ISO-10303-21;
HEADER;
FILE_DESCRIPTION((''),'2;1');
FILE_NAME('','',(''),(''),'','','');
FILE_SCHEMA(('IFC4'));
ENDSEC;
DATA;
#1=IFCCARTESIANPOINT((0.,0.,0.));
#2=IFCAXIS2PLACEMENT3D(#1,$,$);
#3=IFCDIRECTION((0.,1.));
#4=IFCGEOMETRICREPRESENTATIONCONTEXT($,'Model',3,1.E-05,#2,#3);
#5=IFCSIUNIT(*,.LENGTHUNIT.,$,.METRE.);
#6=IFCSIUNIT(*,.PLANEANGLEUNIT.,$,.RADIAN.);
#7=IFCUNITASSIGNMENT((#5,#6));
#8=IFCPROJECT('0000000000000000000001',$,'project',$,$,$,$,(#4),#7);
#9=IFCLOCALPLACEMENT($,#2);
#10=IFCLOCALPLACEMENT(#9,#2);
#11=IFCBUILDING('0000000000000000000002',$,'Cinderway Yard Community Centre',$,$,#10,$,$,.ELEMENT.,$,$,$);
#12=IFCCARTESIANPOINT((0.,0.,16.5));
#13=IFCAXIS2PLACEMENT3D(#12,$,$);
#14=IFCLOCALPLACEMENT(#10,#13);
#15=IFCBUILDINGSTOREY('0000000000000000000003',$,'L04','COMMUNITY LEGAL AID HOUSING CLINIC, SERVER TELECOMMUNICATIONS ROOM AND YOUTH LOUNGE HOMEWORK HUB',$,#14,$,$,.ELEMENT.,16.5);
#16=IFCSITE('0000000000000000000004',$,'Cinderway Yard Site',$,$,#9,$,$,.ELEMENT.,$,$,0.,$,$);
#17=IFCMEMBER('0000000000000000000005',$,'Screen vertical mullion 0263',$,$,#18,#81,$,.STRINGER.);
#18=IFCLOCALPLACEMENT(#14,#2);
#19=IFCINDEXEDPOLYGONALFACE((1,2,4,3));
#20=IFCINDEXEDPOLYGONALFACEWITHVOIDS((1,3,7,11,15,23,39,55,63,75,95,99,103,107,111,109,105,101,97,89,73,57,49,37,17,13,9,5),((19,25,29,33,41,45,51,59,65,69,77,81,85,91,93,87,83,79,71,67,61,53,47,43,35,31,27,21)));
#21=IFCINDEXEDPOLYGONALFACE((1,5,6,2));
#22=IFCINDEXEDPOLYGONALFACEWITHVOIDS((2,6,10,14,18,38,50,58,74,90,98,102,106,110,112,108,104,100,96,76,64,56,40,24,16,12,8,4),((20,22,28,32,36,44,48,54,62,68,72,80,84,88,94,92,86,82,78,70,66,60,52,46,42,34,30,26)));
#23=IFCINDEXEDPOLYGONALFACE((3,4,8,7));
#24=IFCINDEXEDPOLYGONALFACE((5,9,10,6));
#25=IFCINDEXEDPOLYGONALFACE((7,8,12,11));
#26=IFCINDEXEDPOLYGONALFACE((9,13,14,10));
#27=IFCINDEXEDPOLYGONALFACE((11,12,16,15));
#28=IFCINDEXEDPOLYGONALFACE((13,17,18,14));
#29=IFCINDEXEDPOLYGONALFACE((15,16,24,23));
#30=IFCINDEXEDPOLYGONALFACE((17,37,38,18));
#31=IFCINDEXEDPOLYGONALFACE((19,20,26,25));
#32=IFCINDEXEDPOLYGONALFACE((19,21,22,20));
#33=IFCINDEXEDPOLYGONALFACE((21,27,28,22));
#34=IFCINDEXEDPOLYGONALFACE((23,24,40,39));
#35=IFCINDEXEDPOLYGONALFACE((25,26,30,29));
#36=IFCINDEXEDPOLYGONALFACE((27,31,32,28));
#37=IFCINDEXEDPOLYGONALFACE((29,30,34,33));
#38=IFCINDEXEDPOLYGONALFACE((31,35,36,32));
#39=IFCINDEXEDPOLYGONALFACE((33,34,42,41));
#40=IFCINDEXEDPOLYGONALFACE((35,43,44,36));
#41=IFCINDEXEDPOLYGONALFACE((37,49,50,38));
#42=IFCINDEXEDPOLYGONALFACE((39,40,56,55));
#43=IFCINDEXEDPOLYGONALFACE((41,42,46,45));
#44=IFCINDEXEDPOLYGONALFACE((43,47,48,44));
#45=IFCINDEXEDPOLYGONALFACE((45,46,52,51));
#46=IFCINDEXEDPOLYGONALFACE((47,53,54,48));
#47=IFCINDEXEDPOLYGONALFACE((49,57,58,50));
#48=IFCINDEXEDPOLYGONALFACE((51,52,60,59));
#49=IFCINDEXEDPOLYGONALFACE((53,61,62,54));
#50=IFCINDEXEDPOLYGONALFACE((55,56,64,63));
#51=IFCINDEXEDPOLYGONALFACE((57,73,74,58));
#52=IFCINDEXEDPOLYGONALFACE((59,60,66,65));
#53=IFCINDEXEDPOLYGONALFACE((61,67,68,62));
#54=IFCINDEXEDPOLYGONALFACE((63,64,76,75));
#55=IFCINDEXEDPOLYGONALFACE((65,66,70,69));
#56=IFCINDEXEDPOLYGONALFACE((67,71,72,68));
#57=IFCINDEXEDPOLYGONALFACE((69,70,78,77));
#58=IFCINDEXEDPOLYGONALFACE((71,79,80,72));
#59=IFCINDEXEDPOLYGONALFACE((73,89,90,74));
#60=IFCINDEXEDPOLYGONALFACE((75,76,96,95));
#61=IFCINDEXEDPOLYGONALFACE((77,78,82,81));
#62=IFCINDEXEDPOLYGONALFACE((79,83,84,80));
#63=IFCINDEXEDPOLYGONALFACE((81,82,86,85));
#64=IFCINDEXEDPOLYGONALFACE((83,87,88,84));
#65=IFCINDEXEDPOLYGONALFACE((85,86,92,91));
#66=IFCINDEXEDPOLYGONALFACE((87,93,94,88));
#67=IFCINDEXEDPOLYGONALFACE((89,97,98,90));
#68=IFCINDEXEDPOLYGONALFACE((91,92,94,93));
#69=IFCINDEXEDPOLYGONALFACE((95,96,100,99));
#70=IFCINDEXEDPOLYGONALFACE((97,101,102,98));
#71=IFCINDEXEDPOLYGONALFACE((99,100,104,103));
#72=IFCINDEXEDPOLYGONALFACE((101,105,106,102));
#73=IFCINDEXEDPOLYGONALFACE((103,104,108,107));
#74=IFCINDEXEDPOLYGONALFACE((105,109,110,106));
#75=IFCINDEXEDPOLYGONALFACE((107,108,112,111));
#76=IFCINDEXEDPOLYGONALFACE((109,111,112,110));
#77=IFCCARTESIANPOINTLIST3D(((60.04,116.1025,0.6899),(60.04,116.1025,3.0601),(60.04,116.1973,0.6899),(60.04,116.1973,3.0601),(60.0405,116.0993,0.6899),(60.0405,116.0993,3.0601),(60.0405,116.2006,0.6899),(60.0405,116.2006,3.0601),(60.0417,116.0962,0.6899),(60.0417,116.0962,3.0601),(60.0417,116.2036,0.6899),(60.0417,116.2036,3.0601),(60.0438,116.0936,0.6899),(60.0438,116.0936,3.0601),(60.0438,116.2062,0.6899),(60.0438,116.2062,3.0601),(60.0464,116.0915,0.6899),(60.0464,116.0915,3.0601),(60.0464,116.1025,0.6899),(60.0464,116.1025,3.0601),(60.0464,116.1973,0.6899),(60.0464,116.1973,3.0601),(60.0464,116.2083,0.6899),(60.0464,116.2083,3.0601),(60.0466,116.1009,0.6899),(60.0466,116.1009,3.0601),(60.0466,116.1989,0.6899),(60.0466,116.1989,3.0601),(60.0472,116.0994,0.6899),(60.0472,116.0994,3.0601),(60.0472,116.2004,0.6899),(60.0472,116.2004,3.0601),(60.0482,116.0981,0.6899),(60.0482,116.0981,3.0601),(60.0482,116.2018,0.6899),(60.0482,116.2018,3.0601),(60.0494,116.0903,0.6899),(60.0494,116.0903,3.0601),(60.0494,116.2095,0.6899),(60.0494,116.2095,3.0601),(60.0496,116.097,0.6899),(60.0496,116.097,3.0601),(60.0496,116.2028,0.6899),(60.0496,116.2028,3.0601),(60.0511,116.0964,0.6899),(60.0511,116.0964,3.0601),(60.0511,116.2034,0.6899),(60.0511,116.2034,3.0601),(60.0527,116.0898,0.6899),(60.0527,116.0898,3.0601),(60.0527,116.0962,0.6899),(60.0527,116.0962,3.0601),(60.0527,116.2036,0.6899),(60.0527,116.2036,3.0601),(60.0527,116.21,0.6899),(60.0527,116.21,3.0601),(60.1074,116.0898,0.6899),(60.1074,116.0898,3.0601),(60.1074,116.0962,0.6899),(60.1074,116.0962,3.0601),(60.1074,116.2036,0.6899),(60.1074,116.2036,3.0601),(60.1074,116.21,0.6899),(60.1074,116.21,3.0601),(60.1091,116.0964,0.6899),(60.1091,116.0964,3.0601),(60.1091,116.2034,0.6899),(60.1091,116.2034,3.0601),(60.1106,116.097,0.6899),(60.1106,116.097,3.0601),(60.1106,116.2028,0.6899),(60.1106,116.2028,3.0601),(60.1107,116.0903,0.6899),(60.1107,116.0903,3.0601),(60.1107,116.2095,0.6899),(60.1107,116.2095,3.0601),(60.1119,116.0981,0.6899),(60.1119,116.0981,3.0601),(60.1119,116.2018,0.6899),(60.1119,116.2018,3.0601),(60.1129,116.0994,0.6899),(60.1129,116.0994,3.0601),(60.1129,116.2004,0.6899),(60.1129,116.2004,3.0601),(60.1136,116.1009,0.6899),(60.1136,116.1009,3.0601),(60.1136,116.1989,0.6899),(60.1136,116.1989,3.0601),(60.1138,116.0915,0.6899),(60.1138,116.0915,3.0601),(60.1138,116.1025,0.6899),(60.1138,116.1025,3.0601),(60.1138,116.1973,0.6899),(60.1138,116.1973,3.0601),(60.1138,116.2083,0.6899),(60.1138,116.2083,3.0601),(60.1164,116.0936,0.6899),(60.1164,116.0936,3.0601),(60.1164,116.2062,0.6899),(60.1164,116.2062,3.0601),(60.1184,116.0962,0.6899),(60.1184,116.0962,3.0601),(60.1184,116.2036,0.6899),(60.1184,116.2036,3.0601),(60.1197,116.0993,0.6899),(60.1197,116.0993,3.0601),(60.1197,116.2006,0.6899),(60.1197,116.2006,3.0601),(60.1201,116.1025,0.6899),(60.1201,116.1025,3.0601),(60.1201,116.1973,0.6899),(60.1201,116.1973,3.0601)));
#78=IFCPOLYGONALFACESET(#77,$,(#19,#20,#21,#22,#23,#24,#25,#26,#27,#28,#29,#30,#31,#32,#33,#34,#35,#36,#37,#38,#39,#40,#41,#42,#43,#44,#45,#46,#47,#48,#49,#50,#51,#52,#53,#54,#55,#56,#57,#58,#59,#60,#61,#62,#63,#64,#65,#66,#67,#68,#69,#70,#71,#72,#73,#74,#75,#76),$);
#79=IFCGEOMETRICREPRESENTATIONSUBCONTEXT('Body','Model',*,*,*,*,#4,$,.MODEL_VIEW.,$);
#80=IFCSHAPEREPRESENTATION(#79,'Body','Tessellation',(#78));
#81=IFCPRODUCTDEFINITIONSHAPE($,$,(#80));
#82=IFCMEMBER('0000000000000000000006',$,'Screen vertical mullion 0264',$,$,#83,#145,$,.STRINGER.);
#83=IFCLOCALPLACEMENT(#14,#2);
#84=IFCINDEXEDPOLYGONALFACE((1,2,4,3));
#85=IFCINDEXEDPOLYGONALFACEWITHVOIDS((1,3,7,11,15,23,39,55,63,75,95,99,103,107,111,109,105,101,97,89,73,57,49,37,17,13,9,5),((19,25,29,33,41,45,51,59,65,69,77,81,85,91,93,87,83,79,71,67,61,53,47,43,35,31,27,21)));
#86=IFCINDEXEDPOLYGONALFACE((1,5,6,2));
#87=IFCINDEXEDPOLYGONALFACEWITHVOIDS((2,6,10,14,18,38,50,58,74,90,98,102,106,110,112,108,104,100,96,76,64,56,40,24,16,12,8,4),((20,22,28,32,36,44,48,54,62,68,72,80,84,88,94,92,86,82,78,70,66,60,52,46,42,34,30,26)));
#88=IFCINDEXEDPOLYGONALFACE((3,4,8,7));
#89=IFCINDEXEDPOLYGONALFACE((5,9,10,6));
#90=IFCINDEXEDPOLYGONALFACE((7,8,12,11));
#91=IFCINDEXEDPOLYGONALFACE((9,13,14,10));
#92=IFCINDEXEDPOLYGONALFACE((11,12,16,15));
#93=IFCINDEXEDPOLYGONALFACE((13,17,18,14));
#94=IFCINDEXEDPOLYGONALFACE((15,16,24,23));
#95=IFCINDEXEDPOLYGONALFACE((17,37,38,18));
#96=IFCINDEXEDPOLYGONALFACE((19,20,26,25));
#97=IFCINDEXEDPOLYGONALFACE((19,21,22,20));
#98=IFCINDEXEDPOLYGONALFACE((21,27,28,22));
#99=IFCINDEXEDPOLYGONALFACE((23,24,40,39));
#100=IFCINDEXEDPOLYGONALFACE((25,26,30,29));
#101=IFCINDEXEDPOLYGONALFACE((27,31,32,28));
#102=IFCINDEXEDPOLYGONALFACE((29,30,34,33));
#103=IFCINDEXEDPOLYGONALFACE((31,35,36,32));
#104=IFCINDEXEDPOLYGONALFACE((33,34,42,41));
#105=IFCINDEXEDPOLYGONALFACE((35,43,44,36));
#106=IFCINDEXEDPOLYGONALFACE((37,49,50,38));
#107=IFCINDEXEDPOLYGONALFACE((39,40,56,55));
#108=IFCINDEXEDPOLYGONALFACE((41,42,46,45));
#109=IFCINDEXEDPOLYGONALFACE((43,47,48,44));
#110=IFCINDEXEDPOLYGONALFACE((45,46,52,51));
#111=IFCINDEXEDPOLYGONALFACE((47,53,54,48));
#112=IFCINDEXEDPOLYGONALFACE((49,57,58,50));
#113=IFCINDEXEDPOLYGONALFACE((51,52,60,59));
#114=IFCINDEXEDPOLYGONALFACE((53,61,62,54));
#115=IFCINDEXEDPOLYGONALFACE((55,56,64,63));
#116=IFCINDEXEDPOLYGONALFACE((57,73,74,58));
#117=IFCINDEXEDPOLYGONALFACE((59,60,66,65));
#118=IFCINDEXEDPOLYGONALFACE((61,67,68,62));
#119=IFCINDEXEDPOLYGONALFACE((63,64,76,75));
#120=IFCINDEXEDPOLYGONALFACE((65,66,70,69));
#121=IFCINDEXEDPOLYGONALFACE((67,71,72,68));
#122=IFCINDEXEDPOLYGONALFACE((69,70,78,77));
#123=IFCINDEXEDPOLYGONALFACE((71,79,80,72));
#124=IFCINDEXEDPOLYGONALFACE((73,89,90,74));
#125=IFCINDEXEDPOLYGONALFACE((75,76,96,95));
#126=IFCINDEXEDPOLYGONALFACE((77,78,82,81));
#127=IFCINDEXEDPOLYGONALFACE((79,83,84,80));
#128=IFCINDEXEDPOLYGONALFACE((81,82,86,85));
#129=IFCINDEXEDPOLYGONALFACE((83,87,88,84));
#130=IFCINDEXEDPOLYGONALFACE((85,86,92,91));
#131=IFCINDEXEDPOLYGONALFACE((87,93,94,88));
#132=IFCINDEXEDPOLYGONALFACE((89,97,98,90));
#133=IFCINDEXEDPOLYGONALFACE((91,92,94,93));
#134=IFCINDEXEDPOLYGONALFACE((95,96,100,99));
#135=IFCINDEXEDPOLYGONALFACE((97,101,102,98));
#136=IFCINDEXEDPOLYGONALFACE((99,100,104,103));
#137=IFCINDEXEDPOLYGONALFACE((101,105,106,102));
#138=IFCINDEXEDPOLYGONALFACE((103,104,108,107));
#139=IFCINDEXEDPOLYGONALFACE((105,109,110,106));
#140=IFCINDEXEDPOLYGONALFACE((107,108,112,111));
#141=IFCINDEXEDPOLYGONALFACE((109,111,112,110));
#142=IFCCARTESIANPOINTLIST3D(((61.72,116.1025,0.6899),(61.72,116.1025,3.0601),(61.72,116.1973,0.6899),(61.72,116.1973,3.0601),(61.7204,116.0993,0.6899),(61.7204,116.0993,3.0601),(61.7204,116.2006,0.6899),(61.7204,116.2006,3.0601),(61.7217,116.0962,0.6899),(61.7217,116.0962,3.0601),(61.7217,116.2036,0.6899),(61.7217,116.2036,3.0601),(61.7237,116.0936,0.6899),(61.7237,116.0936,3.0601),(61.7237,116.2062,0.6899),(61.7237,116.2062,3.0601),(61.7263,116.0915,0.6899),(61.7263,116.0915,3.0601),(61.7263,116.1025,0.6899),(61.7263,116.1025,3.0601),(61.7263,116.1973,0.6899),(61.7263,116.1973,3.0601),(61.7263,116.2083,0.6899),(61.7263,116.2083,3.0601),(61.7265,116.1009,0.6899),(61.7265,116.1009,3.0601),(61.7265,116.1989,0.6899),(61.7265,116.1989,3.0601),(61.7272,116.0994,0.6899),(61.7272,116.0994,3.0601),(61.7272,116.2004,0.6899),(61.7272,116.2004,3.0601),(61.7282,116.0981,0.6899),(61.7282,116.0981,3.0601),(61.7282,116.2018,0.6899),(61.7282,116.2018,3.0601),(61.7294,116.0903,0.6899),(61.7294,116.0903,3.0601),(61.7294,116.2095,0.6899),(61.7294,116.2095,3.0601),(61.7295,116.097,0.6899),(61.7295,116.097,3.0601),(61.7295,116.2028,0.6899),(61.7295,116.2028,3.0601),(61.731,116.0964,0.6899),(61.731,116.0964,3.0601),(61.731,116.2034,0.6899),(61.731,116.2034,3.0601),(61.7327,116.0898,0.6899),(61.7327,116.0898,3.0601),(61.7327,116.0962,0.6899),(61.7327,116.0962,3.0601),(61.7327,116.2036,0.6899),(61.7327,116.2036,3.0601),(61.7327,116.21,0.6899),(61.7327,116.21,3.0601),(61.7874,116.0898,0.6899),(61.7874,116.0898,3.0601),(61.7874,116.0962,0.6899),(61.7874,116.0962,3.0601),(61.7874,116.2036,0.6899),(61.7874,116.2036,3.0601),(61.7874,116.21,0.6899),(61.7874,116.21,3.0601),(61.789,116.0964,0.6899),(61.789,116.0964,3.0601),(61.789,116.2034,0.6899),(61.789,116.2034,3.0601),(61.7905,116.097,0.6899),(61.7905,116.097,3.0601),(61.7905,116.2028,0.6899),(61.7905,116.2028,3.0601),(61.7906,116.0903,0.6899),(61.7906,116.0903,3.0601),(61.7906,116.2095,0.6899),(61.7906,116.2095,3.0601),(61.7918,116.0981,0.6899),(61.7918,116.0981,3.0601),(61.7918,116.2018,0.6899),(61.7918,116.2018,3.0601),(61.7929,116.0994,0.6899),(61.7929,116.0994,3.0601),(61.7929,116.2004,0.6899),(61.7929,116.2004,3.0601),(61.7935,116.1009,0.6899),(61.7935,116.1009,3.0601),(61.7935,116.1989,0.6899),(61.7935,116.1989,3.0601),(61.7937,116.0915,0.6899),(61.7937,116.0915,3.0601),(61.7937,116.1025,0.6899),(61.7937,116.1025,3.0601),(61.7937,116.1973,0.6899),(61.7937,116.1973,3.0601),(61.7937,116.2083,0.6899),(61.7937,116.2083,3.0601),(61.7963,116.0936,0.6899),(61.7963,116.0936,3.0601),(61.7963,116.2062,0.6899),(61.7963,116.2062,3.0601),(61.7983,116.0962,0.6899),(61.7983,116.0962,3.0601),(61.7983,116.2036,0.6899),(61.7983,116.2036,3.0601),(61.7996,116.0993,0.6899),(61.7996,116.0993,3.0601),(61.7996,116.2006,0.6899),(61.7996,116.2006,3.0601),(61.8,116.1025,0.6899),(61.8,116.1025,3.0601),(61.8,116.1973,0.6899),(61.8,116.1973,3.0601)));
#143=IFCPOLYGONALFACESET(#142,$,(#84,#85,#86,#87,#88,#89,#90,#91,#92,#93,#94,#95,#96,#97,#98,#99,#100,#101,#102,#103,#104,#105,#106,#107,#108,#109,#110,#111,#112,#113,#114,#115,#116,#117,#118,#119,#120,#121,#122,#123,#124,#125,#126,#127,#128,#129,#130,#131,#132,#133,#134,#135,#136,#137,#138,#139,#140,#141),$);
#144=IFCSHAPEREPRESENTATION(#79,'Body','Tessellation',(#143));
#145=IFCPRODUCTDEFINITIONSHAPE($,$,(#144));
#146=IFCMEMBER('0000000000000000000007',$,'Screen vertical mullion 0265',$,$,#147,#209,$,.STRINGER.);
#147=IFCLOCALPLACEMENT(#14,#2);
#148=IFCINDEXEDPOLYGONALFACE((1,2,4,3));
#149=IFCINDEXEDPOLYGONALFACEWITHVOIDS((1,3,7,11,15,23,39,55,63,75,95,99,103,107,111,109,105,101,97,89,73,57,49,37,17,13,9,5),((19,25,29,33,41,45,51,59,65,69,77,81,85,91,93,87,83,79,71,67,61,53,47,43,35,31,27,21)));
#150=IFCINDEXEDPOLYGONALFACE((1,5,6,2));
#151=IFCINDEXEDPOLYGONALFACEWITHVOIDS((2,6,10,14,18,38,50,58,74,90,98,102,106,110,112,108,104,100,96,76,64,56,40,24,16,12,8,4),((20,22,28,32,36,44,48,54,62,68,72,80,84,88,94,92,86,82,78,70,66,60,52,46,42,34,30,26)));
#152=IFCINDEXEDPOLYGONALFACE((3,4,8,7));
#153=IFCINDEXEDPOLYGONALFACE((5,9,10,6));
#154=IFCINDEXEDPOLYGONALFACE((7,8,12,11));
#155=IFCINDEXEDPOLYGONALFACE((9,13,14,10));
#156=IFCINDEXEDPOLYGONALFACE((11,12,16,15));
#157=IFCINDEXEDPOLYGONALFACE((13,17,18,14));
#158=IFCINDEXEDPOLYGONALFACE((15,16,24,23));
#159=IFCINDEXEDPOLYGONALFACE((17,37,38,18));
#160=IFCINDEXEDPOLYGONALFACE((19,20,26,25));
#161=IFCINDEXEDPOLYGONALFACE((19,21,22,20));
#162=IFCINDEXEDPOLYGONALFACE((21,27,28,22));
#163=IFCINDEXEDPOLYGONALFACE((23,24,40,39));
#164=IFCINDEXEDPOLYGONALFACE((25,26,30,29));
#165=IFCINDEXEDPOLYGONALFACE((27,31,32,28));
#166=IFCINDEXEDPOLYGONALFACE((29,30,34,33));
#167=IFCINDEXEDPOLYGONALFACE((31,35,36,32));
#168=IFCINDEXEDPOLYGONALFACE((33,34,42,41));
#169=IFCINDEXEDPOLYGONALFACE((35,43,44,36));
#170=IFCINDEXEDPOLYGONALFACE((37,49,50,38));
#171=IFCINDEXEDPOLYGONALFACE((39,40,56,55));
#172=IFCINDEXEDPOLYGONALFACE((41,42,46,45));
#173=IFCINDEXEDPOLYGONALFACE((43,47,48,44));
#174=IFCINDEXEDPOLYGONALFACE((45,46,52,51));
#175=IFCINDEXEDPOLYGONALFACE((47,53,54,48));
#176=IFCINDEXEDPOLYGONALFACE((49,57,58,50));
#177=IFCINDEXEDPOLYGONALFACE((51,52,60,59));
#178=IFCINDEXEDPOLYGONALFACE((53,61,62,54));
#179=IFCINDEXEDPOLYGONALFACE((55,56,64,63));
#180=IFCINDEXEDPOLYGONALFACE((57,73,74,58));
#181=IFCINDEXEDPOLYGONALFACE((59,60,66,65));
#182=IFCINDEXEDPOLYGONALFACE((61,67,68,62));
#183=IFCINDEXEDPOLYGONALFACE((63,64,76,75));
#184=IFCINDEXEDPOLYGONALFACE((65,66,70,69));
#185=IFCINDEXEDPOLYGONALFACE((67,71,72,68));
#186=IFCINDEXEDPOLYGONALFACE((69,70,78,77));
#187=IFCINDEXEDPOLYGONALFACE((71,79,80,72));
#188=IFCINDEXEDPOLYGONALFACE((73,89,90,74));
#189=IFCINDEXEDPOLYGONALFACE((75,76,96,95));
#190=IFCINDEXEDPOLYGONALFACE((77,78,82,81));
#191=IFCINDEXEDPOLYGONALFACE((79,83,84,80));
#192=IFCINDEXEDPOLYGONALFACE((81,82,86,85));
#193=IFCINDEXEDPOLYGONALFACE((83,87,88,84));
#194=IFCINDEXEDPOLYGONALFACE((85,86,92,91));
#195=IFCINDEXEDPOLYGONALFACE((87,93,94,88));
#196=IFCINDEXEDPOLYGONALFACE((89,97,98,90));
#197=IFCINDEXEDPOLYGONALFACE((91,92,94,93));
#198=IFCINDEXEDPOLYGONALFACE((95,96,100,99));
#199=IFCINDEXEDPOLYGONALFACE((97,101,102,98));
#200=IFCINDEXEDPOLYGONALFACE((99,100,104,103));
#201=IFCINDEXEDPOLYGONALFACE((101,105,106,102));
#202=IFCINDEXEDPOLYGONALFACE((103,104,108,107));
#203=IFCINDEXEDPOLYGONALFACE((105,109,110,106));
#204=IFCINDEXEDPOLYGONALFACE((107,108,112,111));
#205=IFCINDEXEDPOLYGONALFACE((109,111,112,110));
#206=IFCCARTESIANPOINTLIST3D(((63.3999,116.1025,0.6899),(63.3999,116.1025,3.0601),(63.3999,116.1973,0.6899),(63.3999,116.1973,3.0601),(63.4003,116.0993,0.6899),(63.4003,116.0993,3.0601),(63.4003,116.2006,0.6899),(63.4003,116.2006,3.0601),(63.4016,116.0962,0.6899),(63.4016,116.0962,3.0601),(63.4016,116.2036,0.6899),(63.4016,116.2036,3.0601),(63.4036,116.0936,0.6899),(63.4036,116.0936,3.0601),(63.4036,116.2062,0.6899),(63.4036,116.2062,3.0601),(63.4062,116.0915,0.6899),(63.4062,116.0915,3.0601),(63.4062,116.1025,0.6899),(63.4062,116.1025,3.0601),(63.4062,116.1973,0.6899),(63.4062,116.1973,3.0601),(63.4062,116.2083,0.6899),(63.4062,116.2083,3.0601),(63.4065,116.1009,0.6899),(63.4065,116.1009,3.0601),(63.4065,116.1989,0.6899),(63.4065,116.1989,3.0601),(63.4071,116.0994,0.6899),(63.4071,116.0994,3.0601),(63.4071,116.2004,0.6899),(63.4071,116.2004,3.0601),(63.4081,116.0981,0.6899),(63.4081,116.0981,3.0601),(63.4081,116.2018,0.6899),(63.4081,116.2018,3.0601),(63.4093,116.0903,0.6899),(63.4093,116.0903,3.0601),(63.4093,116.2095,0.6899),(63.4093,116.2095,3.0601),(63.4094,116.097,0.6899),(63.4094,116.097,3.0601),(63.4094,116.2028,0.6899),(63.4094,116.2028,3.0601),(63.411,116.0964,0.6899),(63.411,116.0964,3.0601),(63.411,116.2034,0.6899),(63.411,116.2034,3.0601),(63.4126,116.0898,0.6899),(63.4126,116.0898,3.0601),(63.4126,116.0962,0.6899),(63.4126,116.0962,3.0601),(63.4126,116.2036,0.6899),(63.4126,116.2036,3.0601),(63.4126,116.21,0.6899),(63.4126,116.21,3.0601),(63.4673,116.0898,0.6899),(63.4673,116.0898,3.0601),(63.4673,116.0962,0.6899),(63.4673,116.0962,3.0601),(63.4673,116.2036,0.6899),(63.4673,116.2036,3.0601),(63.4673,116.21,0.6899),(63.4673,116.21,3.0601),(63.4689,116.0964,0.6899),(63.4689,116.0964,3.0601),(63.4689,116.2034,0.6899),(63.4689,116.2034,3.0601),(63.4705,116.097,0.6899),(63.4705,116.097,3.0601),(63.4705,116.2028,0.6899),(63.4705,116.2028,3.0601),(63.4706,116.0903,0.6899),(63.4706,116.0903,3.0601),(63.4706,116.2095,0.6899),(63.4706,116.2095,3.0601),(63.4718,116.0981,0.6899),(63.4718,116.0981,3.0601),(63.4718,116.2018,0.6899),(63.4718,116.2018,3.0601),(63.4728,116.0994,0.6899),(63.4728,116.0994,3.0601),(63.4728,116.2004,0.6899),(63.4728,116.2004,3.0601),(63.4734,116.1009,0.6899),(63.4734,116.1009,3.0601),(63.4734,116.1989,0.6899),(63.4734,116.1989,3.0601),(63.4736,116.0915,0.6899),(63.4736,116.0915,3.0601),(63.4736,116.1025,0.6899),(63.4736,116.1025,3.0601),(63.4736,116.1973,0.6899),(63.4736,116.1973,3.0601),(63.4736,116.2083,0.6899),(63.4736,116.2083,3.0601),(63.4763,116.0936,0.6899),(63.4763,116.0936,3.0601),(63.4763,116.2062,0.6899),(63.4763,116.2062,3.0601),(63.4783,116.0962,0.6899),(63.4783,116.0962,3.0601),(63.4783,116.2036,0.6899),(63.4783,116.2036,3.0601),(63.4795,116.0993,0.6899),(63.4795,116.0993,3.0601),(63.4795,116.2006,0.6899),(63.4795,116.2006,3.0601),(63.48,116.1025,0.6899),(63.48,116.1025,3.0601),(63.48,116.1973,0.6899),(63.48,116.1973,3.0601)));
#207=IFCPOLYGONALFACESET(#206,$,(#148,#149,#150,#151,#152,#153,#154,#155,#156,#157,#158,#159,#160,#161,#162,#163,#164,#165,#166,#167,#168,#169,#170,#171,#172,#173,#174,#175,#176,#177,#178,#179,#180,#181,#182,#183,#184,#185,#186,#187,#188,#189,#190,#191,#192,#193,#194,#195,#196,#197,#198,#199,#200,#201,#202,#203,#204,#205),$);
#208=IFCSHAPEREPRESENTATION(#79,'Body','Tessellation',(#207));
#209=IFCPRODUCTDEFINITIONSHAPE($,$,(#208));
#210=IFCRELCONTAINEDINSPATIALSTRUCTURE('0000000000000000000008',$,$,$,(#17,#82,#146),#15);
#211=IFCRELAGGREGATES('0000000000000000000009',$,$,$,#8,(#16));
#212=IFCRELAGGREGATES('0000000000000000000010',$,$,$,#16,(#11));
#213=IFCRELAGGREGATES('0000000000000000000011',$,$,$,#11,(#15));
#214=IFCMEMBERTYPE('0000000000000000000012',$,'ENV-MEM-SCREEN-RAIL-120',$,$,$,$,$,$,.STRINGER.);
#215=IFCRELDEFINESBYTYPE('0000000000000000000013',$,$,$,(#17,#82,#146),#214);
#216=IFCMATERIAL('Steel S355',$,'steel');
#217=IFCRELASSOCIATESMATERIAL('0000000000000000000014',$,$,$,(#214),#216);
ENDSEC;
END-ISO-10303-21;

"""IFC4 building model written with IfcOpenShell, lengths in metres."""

from ifc_helpers import new_model, si_unit, direction, frame, origin, origin_2d, place, context, subcontext, project, spatial, hollow_rectangle, extrude, material, material_profile, profile_set, type_object, element, save


model = new_model("IFC4")

# Units and contexts
model_context = context("Model", 3, precision=1e-05, world=origin(), true_north=direction((0.0, 1.0)))
body_context = subcontext(model_context, "Body", "Model", "MODEL_VIEW")
ifc_project = project(units=[si_unit("LENGTHUNIT", "METRE"), si_unit("PLANEANGLEUNIT", "RADIAN")], contexts=[model_context])

# Site, building, storey
site_placement = place(None, origin())
site = spatial("IfcSite", under=ifc_project, at=site_placement, Name="Cinderway Yard Site", CompositionType="ELEMENT", RefElevation=0.0)
building_placement = place(site_placement, origin())
building = spatial("IfcBuilding", under=site, at=building_placement, Name="Cinderway Yard Community Centre", CompositionType="ELEMENT")
storey_placement = place(building_placement, frame((0.0, 0.0, 16.5)))
storey = spatial("IfcBuildingStorey", under=building, at=storey_placement, Name="L04", Description="COMMUNITY LEGAL AID HOUSING CLINIC, SERVER TELECOMMUNICATIONS ROOM AND YOUTH LOUNGE HOMEWORK HUB", CompositionType="ELEMENT", Elevation=16.5)

# Members
ifc_material_1 = material(Name="Steel S355", Category="steel")
ifc_material_profile = material_profile(ifc_material_1, hollow_rectangle(XDim=0.0801, YDim=0.1201, WallThickness=0.0063, InnerFilletRadius=0.0063, OuterFilletRadius=0.0127, at=origin_2d()), Name="Steel S355")
ifc_profile_set = profile_set([ifc_material_profile], Name="Steel S355")
member_type = type_object("IfcMemberType", Name="ENV-MEM-SCREEN-RAIL-120", PredefinedType="STRINGER", material=ifc_profile_set)
for number, where, z_axis, x_axis, name in (
    (1, (60.0801, 116.1499, 0.6899), (0.0, 0.0, 1.0), (1.0, 0.0, 0.0), "Screen vertical mullion 0263"),
    (2, (61.76, 116.1499, 0.6899), (0.0, 0.0, 1.0), (1.0, 0.0, 0.0), "Screen vertical mullion 0264"),
    (3, (63.4399, 116.1499, 0.6899), (0.0, 0.0, 1.0), (1.0, 0.0, 0.0), "Screen vertical mullion 0265"),
):
    element("IfcMember", number, at=place(storey_placement, frame(where, z_axis=z_axis, x_axis=x_axis)), inside=storey, type_object=member_type, Name=name, PredefinedType="STRINGER", context=body_context, shape_type="SweptSolid", body=[
        extrude(hollow_rectangle(XDim=0.0801, YDim=0.1201, WallThickness=0.0063, InnerFilletRadius=0.0063, OuterFilletRadius=0.0127, at=origin_2d()), origin(), (0.0, 0.0, 1.0), 2.3701),
    ])

save(model, "model.ifc")
